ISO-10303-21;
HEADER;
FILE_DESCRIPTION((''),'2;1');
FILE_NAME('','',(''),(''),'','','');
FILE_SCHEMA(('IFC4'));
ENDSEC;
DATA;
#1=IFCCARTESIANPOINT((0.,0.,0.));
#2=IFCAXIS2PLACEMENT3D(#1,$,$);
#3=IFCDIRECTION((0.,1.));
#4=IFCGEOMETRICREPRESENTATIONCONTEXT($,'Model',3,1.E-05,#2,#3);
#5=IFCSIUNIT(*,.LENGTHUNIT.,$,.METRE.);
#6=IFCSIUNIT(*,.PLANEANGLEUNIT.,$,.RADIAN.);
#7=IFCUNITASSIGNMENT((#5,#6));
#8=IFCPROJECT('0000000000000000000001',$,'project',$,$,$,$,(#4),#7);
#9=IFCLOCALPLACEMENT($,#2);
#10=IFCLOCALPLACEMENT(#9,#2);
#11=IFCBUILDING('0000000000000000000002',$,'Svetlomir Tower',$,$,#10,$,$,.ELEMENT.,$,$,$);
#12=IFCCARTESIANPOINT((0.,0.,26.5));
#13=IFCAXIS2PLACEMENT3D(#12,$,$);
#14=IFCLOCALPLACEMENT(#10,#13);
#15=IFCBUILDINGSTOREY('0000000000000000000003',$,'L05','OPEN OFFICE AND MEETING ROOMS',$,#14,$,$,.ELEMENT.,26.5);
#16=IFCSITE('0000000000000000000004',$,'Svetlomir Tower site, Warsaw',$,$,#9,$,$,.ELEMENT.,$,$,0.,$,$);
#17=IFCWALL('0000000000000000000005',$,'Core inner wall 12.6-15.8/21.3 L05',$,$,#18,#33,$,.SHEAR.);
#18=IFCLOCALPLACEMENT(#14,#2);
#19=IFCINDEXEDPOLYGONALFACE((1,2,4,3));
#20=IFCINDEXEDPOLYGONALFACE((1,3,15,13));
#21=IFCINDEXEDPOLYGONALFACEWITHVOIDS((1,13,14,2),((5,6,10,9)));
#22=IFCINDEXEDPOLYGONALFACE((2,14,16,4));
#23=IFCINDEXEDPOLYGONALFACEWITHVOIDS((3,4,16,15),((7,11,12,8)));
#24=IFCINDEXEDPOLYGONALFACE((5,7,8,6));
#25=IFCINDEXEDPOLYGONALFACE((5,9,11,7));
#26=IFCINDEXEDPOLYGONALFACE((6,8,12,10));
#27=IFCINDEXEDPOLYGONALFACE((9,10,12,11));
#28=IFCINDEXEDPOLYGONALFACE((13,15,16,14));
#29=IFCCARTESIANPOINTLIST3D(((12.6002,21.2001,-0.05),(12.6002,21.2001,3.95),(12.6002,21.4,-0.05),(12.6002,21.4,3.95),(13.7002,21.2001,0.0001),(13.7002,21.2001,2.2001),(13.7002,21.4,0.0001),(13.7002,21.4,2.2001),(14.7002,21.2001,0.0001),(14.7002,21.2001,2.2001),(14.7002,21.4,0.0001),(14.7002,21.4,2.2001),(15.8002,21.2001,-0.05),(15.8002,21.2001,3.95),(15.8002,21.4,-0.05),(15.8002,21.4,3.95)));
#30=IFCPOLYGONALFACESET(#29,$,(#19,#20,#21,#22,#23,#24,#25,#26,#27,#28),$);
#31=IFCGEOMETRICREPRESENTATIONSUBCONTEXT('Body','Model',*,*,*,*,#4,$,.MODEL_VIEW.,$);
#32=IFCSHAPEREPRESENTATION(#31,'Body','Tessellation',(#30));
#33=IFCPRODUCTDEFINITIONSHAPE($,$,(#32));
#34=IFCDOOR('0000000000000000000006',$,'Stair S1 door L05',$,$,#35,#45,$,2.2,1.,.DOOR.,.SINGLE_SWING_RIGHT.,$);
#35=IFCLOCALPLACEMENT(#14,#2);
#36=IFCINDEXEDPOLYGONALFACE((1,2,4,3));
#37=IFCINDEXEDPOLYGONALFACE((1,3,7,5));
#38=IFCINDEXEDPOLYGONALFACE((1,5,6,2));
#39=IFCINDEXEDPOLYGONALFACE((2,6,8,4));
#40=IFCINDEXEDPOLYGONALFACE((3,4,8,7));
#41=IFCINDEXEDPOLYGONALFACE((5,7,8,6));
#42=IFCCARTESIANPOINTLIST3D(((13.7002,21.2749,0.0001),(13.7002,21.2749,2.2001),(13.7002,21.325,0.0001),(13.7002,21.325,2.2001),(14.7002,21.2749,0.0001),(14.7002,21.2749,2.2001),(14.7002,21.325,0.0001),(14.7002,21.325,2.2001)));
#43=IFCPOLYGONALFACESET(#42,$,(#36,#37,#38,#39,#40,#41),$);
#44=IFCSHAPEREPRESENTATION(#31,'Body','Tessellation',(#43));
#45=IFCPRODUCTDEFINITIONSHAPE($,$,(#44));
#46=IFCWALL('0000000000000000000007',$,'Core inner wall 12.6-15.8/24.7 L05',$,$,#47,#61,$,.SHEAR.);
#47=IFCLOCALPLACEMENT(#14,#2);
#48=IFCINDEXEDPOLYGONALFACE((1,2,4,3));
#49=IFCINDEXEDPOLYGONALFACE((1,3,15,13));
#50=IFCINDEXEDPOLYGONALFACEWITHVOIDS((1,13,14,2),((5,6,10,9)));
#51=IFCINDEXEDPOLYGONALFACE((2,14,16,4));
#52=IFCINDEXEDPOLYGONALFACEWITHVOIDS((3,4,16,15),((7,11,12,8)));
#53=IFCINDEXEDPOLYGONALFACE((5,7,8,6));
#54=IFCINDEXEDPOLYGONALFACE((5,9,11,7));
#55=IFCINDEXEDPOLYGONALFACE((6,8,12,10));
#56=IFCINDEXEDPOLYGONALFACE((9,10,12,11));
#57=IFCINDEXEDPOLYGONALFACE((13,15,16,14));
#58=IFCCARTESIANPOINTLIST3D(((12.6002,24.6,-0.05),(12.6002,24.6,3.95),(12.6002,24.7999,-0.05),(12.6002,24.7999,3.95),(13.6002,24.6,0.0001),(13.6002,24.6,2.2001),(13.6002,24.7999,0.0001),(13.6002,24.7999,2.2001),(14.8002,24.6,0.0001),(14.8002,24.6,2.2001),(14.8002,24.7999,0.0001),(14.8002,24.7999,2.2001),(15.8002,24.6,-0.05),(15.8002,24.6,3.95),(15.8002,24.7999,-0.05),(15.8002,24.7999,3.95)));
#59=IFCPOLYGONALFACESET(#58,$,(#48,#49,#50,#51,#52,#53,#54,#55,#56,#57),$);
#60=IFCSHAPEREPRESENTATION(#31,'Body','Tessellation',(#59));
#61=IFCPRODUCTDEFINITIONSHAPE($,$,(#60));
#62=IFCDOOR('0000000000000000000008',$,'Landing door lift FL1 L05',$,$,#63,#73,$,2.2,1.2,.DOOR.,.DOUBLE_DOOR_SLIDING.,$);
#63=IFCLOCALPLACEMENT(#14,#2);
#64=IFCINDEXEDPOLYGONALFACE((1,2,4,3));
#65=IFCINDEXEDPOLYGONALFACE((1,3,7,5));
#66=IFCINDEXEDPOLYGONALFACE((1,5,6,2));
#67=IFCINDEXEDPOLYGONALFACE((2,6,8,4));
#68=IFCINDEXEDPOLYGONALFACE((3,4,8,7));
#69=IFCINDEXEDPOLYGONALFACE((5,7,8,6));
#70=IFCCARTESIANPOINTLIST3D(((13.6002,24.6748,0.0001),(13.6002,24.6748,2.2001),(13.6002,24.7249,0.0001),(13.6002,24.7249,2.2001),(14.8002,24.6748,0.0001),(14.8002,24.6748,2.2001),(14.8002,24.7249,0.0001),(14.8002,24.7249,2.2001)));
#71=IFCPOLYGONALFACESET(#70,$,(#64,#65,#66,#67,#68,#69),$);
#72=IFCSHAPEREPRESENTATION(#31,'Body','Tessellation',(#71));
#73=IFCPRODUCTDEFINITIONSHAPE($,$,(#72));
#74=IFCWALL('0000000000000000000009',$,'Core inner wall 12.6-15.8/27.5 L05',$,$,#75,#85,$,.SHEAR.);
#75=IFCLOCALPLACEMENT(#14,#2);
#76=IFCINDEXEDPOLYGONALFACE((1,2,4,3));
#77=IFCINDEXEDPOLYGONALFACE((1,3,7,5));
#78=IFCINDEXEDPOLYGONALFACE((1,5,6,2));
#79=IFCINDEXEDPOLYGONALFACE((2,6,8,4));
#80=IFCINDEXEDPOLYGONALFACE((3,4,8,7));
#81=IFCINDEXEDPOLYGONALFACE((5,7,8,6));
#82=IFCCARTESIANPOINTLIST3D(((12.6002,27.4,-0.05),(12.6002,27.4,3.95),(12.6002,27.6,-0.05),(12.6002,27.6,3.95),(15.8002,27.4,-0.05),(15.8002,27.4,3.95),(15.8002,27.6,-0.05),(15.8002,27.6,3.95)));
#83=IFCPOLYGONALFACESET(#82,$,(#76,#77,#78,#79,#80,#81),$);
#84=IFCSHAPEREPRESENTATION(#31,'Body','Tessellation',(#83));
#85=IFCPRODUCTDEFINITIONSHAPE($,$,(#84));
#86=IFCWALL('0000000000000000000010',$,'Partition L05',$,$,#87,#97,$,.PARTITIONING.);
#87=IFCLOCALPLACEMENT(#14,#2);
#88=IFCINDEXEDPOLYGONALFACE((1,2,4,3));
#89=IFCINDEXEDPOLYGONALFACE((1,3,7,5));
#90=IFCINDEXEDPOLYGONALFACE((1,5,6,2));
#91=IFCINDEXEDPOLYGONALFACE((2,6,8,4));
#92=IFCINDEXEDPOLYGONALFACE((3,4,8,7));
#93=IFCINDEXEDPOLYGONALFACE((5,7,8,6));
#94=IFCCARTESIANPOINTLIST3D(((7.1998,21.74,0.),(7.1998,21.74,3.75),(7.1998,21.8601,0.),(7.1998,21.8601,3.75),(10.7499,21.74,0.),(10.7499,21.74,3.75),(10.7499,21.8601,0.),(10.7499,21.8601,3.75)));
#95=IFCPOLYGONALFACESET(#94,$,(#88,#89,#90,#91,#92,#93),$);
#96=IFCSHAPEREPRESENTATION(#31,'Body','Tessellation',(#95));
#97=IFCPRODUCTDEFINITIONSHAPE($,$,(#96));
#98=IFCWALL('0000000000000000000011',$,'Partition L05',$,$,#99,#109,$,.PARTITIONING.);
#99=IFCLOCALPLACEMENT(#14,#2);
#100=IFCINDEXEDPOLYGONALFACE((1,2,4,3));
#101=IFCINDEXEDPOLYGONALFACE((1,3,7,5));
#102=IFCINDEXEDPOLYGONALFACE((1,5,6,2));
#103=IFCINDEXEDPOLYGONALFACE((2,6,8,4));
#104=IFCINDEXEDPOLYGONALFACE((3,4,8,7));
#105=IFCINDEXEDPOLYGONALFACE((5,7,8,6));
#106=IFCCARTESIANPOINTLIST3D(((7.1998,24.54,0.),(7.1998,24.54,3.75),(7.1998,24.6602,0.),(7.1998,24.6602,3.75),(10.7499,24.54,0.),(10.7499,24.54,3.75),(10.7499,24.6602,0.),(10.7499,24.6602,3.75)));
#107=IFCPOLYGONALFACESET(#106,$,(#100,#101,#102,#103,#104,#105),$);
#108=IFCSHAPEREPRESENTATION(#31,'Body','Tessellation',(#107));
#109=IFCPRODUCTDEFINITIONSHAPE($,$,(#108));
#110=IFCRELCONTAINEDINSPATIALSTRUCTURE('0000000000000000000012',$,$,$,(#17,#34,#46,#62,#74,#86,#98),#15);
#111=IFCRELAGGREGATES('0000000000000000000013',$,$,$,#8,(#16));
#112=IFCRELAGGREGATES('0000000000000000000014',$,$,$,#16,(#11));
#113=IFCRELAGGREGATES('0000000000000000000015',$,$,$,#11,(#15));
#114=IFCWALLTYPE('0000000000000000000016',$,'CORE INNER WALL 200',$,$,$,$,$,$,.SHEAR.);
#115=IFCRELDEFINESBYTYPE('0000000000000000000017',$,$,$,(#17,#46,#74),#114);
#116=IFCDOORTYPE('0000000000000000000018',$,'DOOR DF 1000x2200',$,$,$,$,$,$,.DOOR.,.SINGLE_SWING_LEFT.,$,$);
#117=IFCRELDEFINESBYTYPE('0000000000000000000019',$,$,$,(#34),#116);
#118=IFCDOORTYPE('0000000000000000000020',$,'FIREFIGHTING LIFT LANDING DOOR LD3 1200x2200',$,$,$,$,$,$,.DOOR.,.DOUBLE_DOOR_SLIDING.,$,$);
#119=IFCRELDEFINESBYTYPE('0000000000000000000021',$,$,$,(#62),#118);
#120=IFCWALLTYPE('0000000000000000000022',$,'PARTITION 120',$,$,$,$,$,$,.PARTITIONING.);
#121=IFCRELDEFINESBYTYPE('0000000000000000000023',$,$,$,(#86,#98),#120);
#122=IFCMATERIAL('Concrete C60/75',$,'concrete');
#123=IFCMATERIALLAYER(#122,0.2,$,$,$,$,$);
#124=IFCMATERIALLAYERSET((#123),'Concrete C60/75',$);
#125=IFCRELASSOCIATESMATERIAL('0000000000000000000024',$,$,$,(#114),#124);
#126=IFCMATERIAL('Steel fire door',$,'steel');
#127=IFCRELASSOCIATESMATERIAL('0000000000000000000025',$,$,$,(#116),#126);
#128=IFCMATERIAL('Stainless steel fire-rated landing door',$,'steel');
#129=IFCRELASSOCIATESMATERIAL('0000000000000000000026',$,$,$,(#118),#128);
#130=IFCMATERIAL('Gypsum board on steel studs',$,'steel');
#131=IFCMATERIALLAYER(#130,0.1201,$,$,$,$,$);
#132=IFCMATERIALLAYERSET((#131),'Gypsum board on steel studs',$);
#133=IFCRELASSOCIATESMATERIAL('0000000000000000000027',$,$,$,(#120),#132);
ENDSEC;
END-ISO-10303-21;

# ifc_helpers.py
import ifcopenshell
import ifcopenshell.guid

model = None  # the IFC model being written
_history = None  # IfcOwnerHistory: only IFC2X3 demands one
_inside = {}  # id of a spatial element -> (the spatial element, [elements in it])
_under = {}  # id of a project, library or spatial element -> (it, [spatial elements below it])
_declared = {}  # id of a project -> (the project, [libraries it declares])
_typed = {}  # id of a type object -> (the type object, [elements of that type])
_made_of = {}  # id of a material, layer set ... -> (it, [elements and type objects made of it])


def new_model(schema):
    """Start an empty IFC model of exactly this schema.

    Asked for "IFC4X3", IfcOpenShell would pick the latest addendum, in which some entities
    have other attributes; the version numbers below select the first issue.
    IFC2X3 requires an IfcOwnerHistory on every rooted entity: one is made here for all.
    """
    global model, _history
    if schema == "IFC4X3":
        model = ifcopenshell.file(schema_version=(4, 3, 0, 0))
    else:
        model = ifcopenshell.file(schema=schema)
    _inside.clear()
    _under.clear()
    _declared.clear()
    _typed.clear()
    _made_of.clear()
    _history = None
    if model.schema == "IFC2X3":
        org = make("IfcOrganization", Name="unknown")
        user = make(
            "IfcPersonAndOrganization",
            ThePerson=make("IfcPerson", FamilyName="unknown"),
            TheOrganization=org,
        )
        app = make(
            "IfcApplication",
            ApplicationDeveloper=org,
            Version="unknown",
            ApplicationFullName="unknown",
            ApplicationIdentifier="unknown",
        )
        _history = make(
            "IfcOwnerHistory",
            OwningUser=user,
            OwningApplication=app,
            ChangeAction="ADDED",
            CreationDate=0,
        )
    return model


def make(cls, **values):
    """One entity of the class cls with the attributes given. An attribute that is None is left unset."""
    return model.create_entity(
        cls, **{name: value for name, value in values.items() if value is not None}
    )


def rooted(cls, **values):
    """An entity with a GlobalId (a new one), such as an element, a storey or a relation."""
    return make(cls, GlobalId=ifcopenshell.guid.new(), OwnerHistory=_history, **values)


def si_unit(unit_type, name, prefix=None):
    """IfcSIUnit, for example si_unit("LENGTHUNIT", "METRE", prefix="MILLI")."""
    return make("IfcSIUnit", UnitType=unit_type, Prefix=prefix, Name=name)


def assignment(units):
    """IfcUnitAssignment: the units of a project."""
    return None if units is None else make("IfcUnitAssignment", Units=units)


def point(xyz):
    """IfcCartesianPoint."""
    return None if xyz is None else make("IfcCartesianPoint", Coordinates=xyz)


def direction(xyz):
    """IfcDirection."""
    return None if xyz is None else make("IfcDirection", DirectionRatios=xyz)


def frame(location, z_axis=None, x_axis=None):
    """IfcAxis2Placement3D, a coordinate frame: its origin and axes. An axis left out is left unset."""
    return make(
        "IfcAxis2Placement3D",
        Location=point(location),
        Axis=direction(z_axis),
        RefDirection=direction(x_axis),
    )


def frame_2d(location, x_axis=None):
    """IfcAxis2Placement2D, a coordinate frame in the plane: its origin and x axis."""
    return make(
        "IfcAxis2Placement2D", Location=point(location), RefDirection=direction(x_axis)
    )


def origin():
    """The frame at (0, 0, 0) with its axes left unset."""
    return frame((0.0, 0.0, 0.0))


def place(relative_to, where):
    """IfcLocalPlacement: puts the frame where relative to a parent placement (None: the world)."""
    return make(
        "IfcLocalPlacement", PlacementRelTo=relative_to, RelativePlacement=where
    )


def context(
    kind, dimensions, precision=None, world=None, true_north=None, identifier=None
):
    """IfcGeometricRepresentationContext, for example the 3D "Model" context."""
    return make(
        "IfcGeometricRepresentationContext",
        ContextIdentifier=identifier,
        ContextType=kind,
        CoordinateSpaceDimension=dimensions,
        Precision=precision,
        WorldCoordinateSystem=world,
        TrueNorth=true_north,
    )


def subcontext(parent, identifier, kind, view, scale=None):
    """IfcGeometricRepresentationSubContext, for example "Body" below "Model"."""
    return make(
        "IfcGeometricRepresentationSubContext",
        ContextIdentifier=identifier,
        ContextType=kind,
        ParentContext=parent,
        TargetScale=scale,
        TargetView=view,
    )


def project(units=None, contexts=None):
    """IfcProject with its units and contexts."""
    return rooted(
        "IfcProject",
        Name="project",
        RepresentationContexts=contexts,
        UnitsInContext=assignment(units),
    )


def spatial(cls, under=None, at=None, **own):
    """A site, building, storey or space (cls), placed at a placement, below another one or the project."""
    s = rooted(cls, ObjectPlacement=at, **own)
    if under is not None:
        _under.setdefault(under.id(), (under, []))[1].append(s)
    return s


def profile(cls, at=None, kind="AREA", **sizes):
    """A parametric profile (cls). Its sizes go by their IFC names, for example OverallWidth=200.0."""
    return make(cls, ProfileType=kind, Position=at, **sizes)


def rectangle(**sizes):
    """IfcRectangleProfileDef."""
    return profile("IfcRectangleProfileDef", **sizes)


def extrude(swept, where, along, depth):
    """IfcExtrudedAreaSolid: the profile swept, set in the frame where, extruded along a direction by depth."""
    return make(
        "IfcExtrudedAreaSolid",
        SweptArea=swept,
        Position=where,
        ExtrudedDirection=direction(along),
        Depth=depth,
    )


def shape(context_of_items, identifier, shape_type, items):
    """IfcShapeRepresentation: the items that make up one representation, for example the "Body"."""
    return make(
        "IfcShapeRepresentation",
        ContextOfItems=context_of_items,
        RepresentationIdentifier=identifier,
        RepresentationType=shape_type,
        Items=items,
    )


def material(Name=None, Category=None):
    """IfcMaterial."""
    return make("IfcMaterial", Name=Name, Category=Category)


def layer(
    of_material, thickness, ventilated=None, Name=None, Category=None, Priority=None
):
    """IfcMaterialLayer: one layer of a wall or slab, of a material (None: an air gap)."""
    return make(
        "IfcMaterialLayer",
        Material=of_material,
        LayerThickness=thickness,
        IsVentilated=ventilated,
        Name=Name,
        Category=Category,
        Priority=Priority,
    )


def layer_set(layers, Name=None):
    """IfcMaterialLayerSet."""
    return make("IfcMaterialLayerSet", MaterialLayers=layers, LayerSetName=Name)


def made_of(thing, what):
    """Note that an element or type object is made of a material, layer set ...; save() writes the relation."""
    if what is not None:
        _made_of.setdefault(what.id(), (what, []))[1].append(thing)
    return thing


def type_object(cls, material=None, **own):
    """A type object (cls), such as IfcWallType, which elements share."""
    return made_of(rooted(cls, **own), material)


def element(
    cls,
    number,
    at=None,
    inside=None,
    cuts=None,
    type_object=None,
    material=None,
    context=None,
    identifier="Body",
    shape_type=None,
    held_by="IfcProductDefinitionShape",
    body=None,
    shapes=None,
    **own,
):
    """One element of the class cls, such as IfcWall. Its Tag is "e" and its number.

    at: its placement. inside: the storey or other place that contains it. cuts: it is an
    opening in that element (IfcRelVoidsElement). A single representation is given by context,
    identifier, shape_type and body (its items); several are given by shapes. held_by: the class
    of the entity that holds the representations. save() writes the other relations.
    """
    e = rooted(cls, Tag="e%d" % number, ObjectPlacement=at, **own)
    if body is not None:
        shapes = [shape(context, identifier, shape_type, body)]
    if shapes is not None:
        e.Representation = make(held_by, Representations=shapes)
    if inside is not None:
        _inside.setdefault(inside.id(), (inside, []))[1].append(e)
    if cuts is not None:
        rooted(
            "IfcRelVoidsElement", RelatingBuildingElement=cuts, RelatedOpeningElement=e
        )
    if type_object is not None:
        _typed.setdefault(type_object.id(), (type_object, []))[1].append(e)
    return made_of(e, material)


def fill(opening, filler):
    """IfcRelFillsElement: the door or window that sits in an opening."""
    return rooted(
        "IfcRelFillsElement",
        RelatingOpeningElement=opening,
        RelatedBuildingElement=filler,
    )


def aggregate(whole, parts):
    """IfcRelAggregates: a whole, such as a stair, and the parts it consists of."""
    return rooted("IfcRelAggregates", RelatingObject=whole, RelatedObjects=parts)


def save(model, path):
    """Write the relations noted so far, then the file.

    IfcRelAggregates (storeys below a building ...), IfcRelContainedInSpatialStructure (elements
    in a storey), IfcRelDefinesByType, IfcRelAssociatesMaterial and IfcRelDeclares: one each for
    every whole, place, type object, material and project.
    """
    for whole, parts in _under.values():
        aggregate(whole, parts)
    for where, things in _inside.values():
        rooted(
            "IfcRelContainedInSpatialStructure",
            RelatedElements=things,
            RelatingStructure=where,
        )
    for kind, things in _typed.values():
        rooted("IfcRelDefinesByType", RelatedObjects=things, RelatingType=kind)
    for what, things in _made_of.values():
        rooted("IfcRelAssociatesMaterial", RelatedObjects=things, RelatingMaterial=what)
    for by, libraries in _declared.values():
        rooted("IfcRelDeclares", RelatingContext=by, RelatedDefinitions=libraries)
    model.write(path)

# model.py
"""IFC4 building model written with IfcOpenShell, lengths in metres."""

from ifc_helpers import new_model, si_unit, direction, frame, frame_2d, origin, place, context, subcontext, project, spatial, rectangle, extrude, material, layer, layer_set, type_object, element, fill, save


model = new_model("IFC4")

# Units and contexts
model_context = context("Model", 3, precision=1e-05, world=origin(), true_north=direction((0.0, 1.0)))
body_context = subcontext(model_context, "Body", "Model", "MODEL_VIEW")
ifc_project = project(units=[si_unit("LENGTHUNIT", "METRE"), si_unit("PLANEANGLEUNIT", "RADIAN")], contexts=[model_context])

# Site, building, storey
site_placement = place(None, origin())
site = spatial("IfcSite", under=ifc_project, at=site_placement, Name="Svetlomir Tower site, Warsaw", CompositionType="ELEMENT", RefElevation=0.0)
building_placement = place(site_placement, origin())
building = spatial("IfcBuilding", under=site, at=building_placement, Name="Svetlomir Tower", CompositionType="ELEMENT")
storey_placement = place(building_placement, frame((0.0, 0.0, 26.5)))
storey = spatial("IfcBuildingStorey", under=building, at=storey_placement, Name="L05", Description="OPEN OFFICE AND MEETING ROOMS", CompositionType="ELEMENT", Elevation=26.5)

# Walls, openings, doors
ifc_material_1 = material(Name="Concrete C60/75", Category="concrete")
ifc_layer_1 = layer(ifc_material_1, 0.2)
ifc_layer_set_1 = layer_set([ifc_layer_1], Name="Concrete C60/75")
wall_type_1 = type_object("IfcWallType", Name="CORE INNER WALL 200", PredefinedType="SHEAR", material=ifc_layer_set_1)
wall_1_placement = place(storey_placement, frame((12.6001, 21.3, -0.05), z_axis=(0.0, 0.0, 1.0), x_axis=(1.0, 0.0, 0.0)))
wall_1 = element("IfcWall", 1, at=wall_1_placement, inside=storey, type_object=wall_type_1, Name="Core inner wall 12.6-15.8/21.3 L05", PredefinedType="SHEAR", context=body_context, shape_type="SweptSolid", body=[
    extrude(rectangle(XDim=3.2, YDim=0.2, at=frame_2d((1.6001, 0.0))), origin(), (0.0, 0.0, 1.0), 4.0),
])
opening_1_placement = place(wall_1_placement, frame((1.1001, 0.0, 0.05)))
opening_1 = element("IfcOpeningElement", 2, at=opening_1_placement, cuts=wall_1, PredefinedType="OPENING", context=body_context, shape_type="SweptSolid", body=[
    extrude(rectangle(XDim=1.0, YDim=2.2, at=frame_2d((0.5, 1.1001))), frame((0.0, 0.1099, 0.0), z_axis=(0.0, -1.0, 0.0), x_axis=(1.0, 0.0, 0.0)), (0.0, 0.0, 1.0), 0.22),
])
ifc_material_2 = material(Name="Steel fire door", Category="steel")
door_type_1 = type_object("IfcDoorType", Name="DOOR DF 1000x2200", OperationType="SINGLE_SWING_LEFT", PredefinedType="DOOR", material=ifc_material_2)
door_1_placement = place(opening_1_placement, origin())
door_1 = element("IfcDoor", 3, at=door_1_placement, inside=storey, type_object=door_type_1, Name="Stair S1 door L05", OperationType="SINGLE_SWING_RIGHT", OverallHeight=2.2, OverallWidth=1.0, PredefinedType="DOOR", context=body_context, shape_type="SweptSolid", body=[
    extrude(rectangle(XDim=1.0, YDim=2.2, at=frame_2d((0.5, 1.1001))), frame((0.0, 0.0249, 0.0), z_axis=(0.0, -1.0, 0.0), x_axis=(1.0, 0.0, 0.0)), (0.0, 0.0, 1.0), 0.05),
])
fill(opening_1, door_1)
wall_2_placement = place(storey_placement, frame((12.6001, 24.7, -0.05), z_axis=(0.0, 0.0, 1.0), x_axis=(1.0, 0.0, 0.0)))
wall_2 = element("IfcWall", 4, at=wall_2_placement, inside=storey, type_object=wall_type_1, Name="Core inner wall 12.6-15.8/24.7 L05", PredefinedType="SHEAR", context=body_context, shape_type="SweptSolid", body=[
    extrude(rectangle(XDim=3.2, YDim=0.2, at=frame_2d((1.6001, 0.0))), origin(), (0.0, 0.0, 1.0), 4.0),
])
opening_2_placement = place(wall_2_placement, frame((1.0, 0.0, 0.05)))
opening_2 = element("IfcOpeningElement", 5, at=opening_2_placement, cuts=wall_2, PredefinedType="OPENING", context=body_context, shape_type="SweptSolid", body=[
    extrude(rectangle(XDim=1.2, YDim=2.2, at=frame_2d((0.6001, 1.1001))), frame((0.0, 0.1099, 0.0), z_axis=(0.0, -1.0, 0.0), x_axis=(1.0, 0.0, 0.0)), (0.0, 0.0, 1.0), 0.22),
])
ifc_material_3 = material(Name="Stainless steel fire-rated landing door", Category="steel")
door_type_2 = type_object("IfcDoorType", Name="FIREFIGHTING LIFT LANDING DOOR LD3 1200x2200", OperationType="DOUBLE_DOOR_SLIDING", PredefinedType="DOOR", material=ifc_material_3)
door_2_placement = place(opening_2_placement, origin())
door_2 = element("IfcDoor", 6, at=door_2_placement, inside=storey, type_object=door_type_2, Name="Landing door lift FL1 L05", OperationType="DOUBLE_DOOR_SLIDING", OverallHeight=2.2, OverallWidth=1.2, PredefinedType="DOOR", context=body_context, shape_type="SweptSolid", body=[
    extrude(rectangle(XDim=1.2, YDim=2.2, at=frame_2d((0.6001, 1.1001))), frame((0.0, 0.0249, 0.0), z_axis=(0.0, -1.0, 0.0), x_axis=(1.0, 0.0, 0.0)), (0.0, 0.0, 1.0), 0.05),
])
fill(opening_2, door_2)

# Walls
wall_3_placement = place(storey_placement, frame((12.6001, 27.5, -0.05), z_axis=(0.0, 0.0, 1.0), x_axis=(1.0, 0.0, 0.0)))
element("IfcWall", 7, at=wall_3_placement, inside=storey, type_object=wall_type_1, Name="Core inner wall 12.6-15.8/27.5 L05", PredefinedType="SHEAR", context=body_context, shape_type="SweptSolid", body=[
    extrude(rectangle(XDim=3.2, YDim=0.2, at=frame_2d((1.6001, 0.0))), origin(), (0.0, 0.0, 1.0), 4.0),
])
ifc_material_4 = material(Name="Gypsum board on steel studs", Category="steel")
ifc_layer_2 = layer(ifc_material_4, 0.1201)
ifc_layer_set_2 = layer_set([ifc_layer_2], Name="Gypsum board on steel studs")
wall_type_2 = type_object("IfcWallType", Name="PARTITION 120", PredefinedType="PARTITIONING", material=ifc_layer_set_2)
wall_4_placement = place(storey_placement, frame((7.2, 21.8, 0.0), z_axis=(0.0, 0.0, 1.0), x_axis=(1.0, 0.0, 0.0)))
element("IfcWall", 8, at=wall_4_placement, inside=storey, type_object=wall_type_2, Name="Partition L05", PredefinedType="PARTITIONING", context=body_context, shape_type="SweptSolid", body=[
    extrude(rectangle(XDim=3.55, YDim=0.1201, at=frame_2d((1.7749, 0.0))), origin(), (0.0, 0.0, 1.0), 3.75),
])

# Wall
wall_5_placement = place(storey_placement, frame((7.2, 24.6001, 0.0), z_axis=(0.0, 0.0, 1.0), x_axis=(1.0, 0.0, 0.0)))
element("IfcWall", 9, at=wall_5_placement, inside=storey, type_object=wall_type_2, Name="Partition L05", PredefinedType="PARTITIONING", context=body_context, shape_type="SweptSolid", body=[
    extrude(rectangle(XDim=3.55, YDim=0.1201, at=frame_2d((1.7749, 0.0))), origin(), (0.0, 0.0, 1.0), 3.75),
])

save(model, "model.ifc")
